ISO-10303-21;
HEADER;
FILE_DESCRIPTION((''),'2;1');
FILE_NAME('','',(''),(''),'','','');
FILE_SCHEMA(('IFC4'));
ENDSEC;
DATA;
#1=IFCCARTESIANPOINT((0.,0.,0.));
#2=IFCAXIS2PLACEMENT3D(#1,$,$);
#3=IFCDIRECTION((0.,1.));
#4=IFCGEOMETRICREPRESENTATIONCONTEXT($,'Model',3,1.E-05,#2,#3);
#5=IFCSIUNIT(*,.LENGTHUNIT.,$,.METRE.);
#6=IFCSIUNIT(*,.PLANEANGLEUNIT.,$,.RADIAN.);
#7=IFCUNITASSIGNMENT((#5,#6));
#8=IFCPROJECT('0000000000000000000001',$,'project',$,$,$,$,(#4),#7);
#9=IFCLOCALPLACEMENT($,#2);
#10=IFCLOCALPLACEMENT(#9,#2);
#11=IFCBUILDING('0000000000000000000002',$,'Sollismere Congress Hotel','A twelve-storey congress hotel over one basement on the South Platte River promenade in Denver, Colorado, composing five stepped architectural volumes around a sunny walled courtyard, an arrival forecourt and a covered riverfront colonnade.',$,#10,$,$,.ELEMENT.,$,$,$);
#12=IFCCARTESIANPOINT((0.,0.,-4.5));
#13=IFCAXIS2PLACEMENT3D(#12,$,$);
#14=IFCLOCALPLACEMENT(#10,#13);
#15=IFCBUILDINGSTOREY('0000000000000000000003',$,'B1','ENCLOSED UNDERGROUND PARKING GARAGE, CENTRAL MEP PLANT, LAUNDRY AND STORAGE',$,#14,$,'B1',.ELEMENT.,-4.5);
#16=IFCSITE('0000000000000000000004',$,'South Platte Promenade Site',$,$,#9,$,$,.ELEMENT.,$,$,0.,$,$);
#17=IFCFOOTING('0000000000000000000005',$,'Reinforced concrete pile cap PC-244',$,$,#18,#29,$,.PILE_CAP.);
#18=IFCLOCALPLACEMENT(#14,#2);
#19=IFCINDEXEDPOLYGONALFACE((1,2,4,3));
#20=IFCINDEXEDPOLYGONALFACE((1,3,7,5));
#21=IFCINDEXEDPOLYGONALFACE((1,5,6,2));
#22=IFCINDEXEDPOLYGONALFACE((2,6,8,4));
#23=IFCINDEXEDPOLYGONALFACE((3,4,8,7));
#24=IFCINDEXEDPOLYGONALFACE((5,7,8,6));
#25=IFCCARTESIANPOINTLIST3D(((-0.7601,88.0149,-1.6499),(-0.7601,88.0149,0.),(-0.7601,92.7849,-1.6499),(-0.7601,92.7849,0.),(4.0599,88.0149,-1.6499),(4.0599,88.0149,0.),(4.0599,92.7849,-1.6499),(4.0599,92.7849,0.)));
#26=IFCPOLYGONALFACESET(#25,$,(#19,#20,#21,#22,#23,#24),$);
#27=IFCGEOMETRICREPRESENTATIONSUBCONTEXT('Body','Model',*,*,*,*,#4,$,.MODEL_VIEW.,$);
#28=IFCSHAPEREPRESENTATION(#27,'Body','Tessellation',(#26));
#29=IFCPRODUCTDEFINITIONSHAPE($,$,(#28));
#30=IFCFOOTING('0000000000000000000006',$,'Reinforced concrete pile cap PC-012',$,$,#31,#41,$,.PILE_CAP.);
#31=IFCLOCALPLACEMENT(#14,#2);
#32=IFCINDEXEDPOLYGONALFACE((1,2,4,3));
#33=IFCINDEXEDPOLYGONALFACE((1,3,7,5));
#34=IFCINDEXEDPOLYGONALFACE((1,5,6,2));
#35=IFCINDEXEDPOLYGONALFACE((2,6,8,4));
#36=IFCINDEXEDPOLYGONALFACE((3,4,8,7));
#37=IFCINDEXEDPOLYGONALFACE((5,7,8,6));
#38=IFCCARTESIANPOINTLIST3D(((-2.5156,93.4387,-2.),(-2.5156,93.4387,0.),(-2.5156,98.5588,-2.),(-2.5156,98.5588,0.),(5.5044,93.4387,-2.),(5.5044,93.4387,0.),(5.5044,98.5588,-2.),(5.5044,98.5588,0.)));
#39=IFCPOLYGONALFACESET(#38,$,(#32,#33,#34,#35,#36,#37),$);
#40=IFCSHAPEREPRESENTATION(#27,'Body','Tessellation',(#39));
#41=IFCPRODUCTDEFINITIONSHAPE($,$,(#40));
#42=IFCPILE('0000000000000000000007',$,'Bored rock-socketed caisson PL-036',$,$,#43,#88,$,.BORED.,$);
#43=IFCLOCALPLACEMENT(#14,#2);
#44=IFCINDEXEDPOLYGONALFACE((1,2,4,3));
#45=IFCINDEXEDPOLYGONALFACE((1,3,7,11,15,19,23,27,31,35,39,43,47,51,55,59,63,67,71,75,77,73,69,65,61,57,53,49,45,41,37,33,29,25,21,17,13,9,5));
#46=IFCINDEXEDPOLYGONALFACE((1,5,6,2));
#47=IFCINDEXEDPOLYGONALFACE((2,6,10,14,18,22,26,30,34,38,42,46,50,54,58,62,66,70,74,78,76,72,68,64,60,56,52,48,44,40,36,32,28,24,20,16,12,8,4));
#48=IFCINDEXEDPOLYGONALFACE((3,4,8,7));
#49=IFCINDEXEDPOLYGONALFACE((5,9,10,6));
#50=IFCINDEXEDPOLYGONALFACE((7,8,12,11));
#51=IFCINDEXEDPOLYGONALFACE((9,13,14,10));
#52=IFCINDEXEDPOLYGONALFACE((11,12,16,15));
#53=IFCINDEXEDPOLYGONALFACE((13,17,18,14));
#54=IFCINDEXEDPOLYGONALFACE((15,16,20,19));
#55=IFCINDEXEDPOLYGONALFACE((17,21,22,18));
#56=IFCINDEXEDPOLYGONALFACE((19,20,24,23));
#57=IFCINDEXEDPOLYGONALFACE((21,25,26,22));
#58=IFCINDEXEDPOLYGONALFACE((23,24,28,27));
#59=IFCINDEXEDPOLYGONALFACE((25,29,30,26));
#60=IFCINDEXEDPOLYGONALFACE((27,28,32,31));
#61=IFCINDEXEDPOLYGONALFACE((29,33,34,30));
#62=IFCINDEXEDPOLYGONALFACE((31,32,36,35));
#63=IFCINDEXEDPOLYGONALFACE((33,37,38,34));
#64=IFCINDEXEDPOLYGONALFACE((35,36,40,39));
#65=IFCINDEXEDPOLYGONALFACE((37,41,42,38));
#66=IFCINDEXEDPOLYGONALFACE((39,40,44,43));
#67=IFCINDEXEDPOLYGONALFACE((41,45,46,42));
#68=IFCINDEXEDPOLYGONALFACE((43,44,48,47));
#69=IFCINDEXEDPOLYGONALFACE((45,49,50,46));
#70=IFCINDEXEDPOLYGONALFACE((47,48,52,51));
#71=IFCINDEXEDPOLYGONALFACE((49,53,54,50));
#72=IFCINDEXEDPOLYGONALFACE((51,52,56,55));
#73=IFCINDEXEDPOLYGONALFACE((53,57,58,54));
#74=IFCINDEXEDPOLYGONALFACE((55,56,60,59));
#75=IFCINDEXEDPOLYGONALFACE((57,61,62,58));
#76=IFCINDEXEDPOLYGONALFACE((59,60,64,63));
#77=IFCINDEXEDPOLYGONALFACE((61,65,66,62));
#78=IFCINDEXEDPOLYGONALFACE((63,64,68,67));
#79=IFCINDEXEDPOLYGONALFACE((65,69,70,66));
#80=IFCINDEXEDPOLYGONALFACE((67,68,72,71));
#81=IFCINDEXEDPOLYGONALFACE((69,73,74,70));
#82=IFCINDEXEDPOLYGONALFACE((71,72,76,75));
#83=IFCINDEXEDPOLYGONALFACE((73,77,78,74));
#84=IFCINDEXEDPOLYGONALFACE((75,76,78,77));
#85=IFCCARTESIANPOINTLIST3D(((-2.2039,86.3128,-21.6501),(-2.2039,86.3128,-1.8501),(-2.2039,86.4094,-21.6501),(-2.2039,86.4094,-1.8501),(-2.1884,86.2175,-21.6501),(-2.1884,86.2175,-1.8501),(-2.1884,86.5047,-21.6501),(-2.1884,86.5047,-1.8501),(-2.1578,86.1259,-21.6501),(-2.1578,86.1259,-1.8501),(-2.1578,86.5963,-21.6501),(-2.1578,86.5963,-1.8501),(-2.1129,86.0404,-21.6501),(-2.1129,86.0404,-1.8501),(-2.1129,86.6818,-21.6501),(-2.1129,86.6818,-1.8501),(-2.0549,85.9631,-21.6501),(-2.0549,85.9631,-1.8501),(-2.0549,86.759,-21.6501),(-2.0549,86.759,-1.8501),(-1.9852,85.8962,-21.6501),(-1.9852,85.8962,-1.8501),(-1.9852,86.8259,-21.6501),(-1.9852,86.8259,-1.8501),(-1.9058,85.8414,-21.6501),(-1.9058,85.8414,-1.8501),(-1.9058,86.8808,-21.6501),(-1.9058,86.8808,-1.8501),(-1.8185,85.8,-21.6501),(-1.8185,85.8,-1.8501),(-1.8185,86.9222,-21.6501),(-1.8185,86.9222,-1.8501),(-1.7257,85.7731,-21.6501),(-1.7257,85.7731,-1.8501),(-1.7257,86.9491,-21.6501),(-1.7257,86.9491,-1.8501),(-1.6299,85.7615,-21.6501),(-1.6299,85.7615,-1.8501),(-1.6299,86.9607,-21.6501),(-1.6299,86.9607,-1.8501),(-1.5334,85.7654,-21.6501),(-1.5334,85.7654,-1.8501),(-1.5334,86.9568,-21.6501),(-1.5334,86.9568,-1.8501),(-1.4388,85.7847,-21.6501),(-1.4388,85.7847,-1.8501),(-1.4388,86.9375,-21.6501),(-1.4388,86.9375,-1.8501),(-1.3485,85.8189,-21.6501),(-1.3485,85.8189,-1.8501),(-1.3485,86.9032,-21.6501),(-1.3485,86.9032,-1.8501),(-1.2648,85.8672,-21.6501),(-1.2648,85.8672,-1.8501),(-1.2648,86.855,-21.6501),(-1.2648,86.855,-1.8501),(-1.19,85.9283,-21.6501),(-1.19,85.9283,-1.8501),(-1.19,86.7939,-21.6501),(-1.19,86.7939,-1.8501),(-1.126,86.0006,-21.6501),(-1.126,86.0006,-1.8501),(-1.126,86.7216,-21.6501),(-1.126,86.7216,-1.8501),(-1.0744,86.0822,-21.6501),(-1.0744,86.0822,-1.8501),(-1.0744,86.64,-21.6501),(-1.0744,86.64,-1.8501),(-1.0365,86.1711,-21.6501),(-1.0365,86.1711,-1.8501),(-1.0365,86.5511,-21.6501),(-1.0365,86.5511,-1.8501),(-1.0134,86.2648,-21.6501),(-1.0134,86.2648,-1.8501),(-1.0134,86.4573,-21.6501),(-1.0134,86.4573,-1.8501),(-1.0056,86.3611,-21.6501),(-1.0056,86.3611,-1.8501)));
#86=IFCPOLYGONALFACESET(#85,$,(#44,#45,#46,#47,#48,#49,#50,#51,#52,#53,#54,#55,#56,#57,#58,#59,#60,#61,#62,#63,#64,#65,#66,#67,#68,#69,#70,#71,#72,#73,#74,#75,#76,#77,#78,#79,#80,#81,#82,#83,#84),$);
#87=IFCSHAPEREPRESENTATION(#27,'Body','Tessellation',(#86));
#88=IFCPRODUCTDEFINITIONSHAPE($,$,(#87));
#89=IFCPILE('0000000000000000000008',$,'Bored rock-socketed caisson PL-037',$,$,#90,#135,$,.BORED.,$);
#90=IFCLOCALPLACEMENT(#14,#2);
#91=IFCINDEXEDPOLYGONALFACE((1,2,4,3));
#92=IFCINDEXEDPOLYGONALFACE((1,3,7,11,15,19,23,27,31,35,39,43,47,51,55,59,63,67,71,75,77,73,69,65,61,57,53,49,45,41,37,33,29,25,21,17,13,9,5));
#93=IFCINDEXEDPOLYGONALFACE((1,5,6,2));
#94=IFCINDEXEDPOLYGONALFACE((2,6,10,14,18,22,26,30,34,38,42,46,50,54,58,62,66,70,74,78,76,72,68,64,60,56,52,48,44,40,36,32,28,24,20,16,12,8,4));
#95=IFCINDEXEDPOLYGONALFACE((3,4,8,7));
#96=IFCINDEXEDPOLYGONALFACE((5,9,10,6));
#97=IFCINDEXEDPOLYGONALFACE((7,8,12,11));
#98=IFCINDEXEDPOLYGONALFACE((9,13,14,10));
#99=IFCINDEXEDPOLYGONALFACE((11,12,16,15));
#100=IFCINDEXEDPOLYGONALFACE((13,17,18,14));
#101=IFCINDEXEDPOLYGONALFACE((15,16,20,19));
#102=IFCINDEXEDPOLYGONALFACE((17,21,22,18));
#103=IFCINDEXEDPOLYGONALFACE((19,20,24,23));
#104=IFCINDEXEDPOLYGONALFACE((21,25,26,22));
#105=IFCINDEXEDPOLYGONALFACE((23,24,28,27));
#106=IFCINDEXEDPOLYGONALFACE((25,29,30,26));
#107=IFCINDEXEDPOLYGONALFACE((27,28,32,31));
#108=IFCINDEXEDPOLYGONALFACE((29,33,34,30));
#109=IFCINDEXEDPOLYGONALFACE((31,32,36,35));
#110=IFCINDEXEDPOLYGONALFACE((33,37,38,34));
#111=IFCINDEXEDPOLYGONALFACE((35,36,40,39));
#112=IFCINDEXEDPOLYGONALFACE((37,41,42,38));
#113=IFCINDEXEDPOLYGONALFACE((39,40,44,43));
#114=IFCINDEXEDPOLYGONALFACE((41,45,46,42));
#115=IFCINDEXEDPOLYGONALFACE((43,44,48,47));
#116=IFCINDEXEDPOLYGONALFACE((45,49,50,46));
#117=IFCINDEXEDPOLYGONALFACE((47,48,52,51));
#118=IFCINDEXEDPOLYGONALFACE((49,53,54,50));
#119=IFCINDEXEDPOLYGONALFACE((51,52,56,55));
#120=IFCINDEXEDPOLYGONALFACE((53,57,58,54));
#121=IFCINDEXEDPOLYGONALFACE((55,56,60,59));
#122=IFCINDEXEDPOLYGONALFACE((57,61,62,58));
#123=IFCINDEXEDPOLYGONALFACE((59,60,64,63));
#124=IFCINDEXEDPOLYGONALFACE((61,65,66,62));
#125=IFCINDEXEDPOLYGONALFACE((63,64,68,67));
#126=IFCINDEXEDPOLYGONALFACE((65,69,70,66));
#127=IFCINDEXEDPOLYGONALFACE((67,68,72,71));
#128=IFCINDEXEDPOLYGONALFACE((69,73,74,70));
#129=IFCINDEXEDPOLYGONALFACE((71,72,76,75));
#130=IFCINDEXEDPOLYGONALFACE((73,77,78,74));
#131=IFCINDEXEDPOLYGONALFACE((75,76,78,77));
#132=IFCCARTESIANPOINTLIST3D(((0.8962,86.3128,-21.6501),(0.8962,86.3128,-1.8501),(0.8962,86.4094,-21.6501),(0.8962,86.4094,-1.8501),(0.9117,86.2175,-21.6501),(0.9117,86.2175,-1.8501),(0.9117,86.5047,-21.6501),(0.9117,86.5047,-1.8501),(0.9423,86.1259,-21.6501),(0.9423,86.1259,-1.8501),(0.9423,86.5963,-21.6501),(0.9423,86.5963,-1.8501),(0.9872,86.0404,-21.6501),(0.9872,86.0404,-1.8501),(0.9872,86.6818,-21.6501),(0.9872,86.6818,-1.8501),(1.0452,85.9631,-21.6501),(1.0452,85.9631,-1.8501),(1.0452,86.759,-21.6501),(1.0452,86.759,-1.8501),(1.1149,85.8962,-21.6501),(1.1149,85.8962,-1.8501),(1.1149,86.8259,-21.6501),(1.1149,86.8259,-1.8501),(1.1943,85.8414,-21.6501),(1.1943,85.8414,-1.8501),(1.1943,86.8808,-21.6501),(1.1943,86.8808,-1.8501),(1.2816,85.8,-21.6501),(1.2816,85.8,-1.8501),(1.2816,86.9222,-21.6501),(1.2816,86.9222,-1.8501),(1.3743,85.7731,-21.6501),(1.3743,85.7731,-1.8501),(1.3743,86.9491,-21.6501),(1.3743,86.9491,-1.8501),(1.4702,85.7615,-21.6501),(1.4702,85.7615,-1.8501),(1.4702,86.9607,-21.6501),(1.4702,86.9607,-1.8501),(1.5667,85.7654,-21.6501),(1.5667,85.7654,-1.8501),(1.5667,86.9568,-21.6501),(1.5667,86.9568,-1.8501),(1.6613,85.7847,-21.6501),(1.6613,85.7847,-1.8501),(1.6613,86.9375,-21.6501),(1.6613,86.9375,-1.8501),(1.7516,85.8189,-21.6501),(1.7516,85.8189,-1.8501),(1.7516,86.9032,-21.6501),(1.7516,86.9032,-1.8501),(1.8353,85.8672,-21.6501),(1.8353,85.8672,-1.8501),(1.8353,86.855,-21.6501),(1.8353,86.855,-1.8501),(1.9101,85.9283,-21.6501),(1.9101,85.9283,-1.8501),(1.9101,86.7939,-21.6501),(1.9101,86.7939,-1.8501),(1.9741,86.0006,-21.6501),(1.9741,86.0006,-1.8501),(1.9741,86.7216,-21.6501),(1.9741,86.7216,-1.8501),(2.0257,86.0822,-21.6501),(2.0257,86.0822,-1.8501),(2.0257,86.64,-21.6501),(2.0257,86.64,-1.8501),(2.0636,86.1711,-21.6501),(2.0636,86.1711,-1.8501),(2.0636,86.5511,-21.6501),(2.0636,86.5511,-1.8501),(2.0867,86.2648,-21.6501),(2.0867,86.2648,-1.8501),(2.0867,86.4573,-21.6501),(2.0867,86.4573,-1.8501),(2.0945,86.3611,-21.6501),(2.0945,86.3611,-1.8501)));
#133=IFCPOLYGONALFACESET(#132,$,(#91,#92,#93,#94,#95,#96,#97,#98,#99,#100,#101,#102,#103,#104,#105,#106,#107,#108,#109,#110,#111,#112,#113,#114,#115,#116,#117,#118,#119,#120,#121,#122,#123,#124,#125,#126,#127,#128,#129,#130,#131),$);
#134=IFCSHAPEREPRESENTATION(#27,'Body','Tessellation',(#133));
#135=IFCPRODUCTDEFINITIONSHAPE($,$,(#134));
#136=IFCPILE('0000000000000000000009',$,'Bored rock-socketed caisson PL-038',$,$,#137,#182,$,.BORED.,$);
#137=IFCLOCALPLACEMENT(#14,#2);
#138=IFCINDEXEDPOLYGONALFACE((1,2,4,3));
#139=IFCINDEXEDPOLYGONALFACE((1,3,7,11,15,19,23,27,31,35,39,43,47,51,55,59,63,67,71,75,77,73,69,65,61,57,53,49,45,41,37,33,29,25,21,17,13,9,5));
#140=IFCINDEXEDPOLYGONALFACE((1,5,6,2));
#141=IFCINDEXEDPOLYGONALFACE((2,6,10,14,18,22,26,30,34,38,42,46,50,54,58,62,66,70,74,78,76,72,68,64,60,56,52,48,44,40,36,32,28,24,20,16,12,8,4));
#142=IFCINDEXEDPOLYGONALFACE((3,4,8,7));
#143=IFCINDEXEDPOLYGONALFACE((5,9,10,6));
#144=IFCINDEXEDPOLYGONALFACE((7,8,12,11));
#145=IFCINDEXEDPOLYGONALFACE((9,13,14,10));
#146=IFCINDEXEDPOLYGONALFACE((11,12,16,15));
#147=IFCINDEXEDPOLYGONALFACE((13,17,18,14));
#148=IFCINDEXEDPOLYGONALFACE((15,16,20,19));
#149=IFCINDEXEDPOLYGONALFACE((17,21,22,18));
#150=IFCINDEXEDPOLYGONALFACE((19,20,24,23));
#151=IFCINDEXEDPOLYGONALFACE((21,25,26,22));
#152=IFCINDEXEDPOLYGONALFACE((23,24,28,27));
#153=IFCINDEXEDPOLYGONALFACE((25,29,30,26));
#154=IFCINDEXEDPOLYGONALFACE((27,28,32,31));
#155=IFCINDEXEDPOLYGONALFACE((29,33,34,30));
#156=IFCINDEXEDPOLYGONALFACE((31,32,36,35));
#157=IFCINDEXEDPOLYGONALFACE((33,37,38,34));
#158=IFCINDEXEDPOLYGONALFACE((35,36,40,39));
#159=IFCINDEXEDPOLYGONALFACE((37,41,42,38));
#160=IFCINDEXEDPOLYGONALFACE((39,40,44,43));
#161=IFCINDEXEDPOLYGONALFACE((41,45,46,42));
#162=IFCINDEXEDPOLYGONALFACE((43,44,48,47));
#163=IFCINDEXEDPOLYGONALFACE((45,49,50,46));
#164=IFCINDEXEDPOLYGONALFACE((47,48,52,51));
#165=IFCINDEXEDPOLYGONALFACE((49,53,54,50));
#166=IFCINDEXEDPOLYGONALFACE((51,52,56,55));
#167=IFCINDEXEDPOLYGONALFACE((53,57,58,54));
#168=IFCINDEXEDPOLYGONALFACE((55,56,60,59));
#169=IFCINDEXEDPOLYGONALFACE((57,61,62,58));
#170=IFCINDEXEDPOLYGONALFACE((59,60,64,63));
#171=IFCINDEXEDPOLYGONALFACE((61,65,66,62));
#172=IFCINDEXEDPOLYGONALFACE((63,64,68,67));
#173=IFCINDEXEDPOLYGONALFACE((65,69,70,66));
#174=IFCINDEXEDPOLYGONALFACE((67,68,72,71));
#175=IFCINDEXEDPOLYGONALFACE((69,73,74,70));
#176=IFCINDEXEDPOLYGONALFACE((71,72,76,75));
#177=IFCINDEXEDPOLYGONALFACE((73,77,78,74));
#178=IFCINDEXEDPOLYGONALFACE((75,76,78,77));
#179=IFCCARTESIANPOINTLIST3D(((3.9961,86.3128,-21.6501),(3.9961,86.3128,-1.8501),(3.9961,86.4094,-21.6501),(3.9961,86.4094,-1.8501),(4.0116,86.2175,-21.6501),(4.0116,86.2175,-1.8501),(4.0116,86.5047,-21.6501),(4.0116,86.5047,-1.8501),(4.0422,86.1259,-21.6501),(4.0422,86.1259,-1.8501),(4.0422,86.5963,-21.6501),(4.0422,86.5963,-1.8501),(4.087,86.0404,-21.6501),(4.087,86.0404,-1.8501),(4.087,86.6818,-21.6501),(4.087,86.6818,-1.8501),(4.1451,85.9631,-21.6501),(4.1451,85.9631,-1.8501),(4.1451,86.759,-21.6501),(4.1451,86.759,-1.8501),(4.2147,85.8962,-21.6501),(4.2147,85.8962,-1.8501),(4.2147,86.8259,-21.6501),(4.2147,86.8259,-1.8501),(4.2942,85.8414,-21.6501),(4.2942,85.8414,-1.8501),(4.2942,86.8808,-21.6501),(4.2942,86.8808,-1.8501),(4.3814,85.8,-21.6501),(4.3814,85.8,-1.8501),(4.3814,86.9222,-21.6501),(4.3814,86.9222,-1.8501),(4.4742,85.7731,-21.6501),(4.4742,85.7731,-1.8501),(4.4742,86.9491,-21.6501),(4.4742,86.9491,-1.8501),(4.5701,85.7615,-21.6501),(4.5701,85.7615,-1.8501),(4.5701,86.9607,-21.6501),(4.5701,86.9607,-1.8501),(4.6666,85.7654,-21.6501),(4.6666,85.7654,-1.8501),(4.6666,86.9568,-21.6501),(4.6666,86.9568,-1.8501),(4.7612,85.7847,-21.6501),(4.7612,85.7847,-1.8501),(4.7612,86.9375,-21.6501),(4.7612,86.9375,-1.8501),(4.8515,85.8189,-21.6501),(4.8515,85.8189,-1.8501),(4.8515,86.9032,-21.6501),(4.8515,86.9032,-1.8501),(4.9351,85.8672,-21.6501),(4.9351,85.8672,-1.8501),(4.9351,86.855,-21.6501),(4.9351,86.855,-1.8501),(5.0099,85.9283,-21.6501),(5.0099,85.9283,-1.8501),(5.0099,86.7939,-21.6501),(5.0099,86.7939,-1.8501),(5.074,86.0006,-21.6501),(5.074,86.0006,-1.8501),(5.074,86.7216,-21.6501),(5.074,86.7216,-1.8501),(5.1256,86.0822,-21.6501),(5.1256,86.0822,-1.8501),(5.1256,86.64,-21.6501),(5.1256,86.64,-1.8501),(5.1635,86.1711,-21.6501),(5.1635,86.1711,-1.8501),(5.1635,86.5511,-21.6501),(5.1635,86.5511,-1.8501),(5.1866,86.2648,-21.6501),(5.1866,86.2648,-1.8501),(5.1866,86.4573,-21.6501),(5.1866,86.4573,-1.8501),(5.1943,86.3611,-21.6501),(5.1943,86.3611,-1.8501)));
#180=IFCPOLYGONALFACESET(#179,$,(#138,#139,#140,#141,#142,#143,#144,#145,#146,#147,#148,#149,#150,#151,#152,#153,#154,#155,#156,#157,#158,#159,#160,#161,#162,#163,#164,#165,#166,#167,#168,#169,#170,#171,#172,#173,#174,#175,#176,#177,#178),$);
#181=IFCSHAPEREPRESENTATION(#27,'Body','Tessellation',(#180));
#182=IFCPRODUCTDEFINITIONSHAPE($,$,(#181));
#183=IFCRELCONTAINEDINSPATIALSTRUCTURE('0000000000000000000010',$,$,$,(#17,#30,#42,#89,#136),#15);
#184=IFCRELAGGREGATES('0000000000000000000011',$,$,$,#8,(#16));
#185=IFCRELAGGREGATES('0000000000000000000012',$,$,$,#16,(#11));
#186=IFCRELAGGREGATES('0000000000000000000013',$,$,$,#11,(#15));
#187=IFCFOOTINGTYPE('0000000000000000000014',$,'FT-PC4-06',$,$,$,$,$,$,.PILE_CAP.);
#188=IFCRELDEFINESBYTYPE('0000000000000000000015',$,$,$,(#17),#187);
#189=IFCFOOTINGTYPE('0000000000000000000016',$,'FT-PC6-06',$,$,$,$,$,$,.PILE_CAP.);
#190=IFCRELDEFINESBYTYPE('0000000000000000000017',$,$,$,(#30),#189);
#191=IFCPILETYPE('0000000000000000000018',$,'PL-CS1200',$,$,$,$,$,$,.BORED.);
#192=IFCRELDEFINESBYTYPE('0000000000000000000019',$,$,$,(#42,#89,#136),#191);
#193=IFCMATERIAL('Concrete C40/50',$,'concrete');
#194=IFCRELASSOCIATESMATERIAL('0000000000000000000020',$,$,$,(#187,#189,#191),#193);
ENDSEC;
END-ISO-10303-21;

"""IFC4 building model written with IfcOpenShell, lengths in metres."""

from ifc_helpers import new_model, si_unit, direction, frame, origin, origin_2d, place, context, subcontext, project, spatial, rectangle, circle, extrude, material, material_profile, profile_set, type_object, element, save


model = new_model("IFC4")

# Units and contexts
model_context = context("Model", 3, precision=1e-05, world=origin(), true_north=direction((0.0, 1.0)))
body_context = subcontext(model_context, "Body", "Model", "MODEL_VIEW")
ifc_project = project(units=[si_unit("LENGTHUNIT", "METRE"), si_unit("PLANEANGLEUNIT", "RADIAN")], contexts=[model_context])

# Site, building, storey
site_placement = place(None, origin())
site = spatial("IfcSite", under=ifc_project, at=site_placement, Name="South Platte Promenade Site", CompositionType="ELEMENT", RefElevation=0.0)
building_placement = place(site_placement, origin())
building = spatial("IfcBuilding", under=site, at=building_placement, Name="Sollismere Congress Hotel", Description="A twelve-storey congress hotel over one basement on the South Platte River promenade in Denver, Colorado, composing five stepped architectural volumes around a sunny walled courtyard, an arrival forecourt and a covered riverfront colonnade.", CompositionType="ELEMENT")
storey_placement = place(building_placement, frame((0.0, 0.0, -4.5)))
storey = spatial("IfcBuildingStorey", under=building, at=storey_placement, Name="B1", Description="ENCLOSED UNDERGROUND PARKING GARAGE, CENTRAL MEP PLANT, LAUNDRY AND STORAGE", LongName="B1", CompositionType="ELEMENT", Elevation=-4.5)

# Footings
ifc_material_1 = material(Name="Concrete C40/50", Category="concrete")
footing_type_1 = type_object("IfcFootingType", Name="FT-PC4-06", PredefinedType="PILE_CAP", material=ifc_material_1)
footing_1_placement = place(storey_placement, frame((1.6499, 90.3999, -1.6499), z_axis=(0.0, 0.0, 1.0), x_axis=(1.0, 0.0, 0.0)))
element("IfcFooting", 1, at=footing_1_placement, inside=storey, type_object=footing_type_1, Name="Reinforced concrete pile cap PC-244", PredefinedType="PILE_CAP", context=body_context, shape_type="SweptSolid", body=[
    extrude(rectangle(XDim=4.8201, YDim=4.77, at=origin_2d()), origin(), (0.0, 0.0, 1.0), 1.6499),
])
footing_type_2 = type_object("IfcFootingType", Name="FT-PC6-06", PredefinedType="PILE_CAP", material=ifc_material_1)
footing_2_placement = place(storey_placement, frame((1.4944, 95.9988, -2.0), z_axis=(0.0, 0.0, 1.0), x_axis=(1.0, 0.0, 0.0)))
element("IfcFooting", 2, at=footing_2_placement, inside=storey, type_object=footing_type_2, Name="Reinforced concrete pile cap PC-012", PredefinedType="PILE_CAP", context=body_context, shape_type="SweptSolid", body=[
    extrude(rectangle(XDim=8.02, YDim=5.1201, at=origin_2d()), origin(), (0.0, 0.0, 1.0), 2.0),
])

# Piles
ifc_material_profile_1 = material_profile(ifc_material_1, circle(Radius=0.6001, at=origin_2d()), Name="CAISSON1200")
ifc_profile_set_1 = profile_set([ifc_material_profile_1], Name="Concrete C40/50")
pile_type = type_object("IfcPileType", Name="PL-CS1200", PredefinedType="BORED", material=ifc_profile_set_1)
for number, where, z_axis, x_axis, name in (
    (3, (-1.6057, 86.3611, -1.8501), (0.0, 0.0, -1.0), (1.0, 0.0, 0.0), "Bored rock-socketed caisson PL-036"),
    (4, (1.4944, 86.3611, -1.8501), (0.0, 0.0, -1.0), (1.0, 0.0, 0.0), "Bored rock-socketed caisson PL-037"),
    (5, (4.5942, 86.3611, -1.8501), (0.0, 0.0, -1.0), (1.0, 0.0, 0.0), "Bored rock-socketed caisson PL-038"),
):
    element("IfcPile", number, at=place(storey_placement, frame(where, z_axis=z_axis, x_axis=x_axis)), inside=storey, type_object=pile_type, Name=name, PredefinedType="BORED", context=body_context, shape_type="SweptSolid", body=[
        extrude(circle(Radius=0.6001, at=origin_2d()), origin(), (0.0, 0.0, 1.0), 19.8),
    ])

save(model, "model.ifc")
